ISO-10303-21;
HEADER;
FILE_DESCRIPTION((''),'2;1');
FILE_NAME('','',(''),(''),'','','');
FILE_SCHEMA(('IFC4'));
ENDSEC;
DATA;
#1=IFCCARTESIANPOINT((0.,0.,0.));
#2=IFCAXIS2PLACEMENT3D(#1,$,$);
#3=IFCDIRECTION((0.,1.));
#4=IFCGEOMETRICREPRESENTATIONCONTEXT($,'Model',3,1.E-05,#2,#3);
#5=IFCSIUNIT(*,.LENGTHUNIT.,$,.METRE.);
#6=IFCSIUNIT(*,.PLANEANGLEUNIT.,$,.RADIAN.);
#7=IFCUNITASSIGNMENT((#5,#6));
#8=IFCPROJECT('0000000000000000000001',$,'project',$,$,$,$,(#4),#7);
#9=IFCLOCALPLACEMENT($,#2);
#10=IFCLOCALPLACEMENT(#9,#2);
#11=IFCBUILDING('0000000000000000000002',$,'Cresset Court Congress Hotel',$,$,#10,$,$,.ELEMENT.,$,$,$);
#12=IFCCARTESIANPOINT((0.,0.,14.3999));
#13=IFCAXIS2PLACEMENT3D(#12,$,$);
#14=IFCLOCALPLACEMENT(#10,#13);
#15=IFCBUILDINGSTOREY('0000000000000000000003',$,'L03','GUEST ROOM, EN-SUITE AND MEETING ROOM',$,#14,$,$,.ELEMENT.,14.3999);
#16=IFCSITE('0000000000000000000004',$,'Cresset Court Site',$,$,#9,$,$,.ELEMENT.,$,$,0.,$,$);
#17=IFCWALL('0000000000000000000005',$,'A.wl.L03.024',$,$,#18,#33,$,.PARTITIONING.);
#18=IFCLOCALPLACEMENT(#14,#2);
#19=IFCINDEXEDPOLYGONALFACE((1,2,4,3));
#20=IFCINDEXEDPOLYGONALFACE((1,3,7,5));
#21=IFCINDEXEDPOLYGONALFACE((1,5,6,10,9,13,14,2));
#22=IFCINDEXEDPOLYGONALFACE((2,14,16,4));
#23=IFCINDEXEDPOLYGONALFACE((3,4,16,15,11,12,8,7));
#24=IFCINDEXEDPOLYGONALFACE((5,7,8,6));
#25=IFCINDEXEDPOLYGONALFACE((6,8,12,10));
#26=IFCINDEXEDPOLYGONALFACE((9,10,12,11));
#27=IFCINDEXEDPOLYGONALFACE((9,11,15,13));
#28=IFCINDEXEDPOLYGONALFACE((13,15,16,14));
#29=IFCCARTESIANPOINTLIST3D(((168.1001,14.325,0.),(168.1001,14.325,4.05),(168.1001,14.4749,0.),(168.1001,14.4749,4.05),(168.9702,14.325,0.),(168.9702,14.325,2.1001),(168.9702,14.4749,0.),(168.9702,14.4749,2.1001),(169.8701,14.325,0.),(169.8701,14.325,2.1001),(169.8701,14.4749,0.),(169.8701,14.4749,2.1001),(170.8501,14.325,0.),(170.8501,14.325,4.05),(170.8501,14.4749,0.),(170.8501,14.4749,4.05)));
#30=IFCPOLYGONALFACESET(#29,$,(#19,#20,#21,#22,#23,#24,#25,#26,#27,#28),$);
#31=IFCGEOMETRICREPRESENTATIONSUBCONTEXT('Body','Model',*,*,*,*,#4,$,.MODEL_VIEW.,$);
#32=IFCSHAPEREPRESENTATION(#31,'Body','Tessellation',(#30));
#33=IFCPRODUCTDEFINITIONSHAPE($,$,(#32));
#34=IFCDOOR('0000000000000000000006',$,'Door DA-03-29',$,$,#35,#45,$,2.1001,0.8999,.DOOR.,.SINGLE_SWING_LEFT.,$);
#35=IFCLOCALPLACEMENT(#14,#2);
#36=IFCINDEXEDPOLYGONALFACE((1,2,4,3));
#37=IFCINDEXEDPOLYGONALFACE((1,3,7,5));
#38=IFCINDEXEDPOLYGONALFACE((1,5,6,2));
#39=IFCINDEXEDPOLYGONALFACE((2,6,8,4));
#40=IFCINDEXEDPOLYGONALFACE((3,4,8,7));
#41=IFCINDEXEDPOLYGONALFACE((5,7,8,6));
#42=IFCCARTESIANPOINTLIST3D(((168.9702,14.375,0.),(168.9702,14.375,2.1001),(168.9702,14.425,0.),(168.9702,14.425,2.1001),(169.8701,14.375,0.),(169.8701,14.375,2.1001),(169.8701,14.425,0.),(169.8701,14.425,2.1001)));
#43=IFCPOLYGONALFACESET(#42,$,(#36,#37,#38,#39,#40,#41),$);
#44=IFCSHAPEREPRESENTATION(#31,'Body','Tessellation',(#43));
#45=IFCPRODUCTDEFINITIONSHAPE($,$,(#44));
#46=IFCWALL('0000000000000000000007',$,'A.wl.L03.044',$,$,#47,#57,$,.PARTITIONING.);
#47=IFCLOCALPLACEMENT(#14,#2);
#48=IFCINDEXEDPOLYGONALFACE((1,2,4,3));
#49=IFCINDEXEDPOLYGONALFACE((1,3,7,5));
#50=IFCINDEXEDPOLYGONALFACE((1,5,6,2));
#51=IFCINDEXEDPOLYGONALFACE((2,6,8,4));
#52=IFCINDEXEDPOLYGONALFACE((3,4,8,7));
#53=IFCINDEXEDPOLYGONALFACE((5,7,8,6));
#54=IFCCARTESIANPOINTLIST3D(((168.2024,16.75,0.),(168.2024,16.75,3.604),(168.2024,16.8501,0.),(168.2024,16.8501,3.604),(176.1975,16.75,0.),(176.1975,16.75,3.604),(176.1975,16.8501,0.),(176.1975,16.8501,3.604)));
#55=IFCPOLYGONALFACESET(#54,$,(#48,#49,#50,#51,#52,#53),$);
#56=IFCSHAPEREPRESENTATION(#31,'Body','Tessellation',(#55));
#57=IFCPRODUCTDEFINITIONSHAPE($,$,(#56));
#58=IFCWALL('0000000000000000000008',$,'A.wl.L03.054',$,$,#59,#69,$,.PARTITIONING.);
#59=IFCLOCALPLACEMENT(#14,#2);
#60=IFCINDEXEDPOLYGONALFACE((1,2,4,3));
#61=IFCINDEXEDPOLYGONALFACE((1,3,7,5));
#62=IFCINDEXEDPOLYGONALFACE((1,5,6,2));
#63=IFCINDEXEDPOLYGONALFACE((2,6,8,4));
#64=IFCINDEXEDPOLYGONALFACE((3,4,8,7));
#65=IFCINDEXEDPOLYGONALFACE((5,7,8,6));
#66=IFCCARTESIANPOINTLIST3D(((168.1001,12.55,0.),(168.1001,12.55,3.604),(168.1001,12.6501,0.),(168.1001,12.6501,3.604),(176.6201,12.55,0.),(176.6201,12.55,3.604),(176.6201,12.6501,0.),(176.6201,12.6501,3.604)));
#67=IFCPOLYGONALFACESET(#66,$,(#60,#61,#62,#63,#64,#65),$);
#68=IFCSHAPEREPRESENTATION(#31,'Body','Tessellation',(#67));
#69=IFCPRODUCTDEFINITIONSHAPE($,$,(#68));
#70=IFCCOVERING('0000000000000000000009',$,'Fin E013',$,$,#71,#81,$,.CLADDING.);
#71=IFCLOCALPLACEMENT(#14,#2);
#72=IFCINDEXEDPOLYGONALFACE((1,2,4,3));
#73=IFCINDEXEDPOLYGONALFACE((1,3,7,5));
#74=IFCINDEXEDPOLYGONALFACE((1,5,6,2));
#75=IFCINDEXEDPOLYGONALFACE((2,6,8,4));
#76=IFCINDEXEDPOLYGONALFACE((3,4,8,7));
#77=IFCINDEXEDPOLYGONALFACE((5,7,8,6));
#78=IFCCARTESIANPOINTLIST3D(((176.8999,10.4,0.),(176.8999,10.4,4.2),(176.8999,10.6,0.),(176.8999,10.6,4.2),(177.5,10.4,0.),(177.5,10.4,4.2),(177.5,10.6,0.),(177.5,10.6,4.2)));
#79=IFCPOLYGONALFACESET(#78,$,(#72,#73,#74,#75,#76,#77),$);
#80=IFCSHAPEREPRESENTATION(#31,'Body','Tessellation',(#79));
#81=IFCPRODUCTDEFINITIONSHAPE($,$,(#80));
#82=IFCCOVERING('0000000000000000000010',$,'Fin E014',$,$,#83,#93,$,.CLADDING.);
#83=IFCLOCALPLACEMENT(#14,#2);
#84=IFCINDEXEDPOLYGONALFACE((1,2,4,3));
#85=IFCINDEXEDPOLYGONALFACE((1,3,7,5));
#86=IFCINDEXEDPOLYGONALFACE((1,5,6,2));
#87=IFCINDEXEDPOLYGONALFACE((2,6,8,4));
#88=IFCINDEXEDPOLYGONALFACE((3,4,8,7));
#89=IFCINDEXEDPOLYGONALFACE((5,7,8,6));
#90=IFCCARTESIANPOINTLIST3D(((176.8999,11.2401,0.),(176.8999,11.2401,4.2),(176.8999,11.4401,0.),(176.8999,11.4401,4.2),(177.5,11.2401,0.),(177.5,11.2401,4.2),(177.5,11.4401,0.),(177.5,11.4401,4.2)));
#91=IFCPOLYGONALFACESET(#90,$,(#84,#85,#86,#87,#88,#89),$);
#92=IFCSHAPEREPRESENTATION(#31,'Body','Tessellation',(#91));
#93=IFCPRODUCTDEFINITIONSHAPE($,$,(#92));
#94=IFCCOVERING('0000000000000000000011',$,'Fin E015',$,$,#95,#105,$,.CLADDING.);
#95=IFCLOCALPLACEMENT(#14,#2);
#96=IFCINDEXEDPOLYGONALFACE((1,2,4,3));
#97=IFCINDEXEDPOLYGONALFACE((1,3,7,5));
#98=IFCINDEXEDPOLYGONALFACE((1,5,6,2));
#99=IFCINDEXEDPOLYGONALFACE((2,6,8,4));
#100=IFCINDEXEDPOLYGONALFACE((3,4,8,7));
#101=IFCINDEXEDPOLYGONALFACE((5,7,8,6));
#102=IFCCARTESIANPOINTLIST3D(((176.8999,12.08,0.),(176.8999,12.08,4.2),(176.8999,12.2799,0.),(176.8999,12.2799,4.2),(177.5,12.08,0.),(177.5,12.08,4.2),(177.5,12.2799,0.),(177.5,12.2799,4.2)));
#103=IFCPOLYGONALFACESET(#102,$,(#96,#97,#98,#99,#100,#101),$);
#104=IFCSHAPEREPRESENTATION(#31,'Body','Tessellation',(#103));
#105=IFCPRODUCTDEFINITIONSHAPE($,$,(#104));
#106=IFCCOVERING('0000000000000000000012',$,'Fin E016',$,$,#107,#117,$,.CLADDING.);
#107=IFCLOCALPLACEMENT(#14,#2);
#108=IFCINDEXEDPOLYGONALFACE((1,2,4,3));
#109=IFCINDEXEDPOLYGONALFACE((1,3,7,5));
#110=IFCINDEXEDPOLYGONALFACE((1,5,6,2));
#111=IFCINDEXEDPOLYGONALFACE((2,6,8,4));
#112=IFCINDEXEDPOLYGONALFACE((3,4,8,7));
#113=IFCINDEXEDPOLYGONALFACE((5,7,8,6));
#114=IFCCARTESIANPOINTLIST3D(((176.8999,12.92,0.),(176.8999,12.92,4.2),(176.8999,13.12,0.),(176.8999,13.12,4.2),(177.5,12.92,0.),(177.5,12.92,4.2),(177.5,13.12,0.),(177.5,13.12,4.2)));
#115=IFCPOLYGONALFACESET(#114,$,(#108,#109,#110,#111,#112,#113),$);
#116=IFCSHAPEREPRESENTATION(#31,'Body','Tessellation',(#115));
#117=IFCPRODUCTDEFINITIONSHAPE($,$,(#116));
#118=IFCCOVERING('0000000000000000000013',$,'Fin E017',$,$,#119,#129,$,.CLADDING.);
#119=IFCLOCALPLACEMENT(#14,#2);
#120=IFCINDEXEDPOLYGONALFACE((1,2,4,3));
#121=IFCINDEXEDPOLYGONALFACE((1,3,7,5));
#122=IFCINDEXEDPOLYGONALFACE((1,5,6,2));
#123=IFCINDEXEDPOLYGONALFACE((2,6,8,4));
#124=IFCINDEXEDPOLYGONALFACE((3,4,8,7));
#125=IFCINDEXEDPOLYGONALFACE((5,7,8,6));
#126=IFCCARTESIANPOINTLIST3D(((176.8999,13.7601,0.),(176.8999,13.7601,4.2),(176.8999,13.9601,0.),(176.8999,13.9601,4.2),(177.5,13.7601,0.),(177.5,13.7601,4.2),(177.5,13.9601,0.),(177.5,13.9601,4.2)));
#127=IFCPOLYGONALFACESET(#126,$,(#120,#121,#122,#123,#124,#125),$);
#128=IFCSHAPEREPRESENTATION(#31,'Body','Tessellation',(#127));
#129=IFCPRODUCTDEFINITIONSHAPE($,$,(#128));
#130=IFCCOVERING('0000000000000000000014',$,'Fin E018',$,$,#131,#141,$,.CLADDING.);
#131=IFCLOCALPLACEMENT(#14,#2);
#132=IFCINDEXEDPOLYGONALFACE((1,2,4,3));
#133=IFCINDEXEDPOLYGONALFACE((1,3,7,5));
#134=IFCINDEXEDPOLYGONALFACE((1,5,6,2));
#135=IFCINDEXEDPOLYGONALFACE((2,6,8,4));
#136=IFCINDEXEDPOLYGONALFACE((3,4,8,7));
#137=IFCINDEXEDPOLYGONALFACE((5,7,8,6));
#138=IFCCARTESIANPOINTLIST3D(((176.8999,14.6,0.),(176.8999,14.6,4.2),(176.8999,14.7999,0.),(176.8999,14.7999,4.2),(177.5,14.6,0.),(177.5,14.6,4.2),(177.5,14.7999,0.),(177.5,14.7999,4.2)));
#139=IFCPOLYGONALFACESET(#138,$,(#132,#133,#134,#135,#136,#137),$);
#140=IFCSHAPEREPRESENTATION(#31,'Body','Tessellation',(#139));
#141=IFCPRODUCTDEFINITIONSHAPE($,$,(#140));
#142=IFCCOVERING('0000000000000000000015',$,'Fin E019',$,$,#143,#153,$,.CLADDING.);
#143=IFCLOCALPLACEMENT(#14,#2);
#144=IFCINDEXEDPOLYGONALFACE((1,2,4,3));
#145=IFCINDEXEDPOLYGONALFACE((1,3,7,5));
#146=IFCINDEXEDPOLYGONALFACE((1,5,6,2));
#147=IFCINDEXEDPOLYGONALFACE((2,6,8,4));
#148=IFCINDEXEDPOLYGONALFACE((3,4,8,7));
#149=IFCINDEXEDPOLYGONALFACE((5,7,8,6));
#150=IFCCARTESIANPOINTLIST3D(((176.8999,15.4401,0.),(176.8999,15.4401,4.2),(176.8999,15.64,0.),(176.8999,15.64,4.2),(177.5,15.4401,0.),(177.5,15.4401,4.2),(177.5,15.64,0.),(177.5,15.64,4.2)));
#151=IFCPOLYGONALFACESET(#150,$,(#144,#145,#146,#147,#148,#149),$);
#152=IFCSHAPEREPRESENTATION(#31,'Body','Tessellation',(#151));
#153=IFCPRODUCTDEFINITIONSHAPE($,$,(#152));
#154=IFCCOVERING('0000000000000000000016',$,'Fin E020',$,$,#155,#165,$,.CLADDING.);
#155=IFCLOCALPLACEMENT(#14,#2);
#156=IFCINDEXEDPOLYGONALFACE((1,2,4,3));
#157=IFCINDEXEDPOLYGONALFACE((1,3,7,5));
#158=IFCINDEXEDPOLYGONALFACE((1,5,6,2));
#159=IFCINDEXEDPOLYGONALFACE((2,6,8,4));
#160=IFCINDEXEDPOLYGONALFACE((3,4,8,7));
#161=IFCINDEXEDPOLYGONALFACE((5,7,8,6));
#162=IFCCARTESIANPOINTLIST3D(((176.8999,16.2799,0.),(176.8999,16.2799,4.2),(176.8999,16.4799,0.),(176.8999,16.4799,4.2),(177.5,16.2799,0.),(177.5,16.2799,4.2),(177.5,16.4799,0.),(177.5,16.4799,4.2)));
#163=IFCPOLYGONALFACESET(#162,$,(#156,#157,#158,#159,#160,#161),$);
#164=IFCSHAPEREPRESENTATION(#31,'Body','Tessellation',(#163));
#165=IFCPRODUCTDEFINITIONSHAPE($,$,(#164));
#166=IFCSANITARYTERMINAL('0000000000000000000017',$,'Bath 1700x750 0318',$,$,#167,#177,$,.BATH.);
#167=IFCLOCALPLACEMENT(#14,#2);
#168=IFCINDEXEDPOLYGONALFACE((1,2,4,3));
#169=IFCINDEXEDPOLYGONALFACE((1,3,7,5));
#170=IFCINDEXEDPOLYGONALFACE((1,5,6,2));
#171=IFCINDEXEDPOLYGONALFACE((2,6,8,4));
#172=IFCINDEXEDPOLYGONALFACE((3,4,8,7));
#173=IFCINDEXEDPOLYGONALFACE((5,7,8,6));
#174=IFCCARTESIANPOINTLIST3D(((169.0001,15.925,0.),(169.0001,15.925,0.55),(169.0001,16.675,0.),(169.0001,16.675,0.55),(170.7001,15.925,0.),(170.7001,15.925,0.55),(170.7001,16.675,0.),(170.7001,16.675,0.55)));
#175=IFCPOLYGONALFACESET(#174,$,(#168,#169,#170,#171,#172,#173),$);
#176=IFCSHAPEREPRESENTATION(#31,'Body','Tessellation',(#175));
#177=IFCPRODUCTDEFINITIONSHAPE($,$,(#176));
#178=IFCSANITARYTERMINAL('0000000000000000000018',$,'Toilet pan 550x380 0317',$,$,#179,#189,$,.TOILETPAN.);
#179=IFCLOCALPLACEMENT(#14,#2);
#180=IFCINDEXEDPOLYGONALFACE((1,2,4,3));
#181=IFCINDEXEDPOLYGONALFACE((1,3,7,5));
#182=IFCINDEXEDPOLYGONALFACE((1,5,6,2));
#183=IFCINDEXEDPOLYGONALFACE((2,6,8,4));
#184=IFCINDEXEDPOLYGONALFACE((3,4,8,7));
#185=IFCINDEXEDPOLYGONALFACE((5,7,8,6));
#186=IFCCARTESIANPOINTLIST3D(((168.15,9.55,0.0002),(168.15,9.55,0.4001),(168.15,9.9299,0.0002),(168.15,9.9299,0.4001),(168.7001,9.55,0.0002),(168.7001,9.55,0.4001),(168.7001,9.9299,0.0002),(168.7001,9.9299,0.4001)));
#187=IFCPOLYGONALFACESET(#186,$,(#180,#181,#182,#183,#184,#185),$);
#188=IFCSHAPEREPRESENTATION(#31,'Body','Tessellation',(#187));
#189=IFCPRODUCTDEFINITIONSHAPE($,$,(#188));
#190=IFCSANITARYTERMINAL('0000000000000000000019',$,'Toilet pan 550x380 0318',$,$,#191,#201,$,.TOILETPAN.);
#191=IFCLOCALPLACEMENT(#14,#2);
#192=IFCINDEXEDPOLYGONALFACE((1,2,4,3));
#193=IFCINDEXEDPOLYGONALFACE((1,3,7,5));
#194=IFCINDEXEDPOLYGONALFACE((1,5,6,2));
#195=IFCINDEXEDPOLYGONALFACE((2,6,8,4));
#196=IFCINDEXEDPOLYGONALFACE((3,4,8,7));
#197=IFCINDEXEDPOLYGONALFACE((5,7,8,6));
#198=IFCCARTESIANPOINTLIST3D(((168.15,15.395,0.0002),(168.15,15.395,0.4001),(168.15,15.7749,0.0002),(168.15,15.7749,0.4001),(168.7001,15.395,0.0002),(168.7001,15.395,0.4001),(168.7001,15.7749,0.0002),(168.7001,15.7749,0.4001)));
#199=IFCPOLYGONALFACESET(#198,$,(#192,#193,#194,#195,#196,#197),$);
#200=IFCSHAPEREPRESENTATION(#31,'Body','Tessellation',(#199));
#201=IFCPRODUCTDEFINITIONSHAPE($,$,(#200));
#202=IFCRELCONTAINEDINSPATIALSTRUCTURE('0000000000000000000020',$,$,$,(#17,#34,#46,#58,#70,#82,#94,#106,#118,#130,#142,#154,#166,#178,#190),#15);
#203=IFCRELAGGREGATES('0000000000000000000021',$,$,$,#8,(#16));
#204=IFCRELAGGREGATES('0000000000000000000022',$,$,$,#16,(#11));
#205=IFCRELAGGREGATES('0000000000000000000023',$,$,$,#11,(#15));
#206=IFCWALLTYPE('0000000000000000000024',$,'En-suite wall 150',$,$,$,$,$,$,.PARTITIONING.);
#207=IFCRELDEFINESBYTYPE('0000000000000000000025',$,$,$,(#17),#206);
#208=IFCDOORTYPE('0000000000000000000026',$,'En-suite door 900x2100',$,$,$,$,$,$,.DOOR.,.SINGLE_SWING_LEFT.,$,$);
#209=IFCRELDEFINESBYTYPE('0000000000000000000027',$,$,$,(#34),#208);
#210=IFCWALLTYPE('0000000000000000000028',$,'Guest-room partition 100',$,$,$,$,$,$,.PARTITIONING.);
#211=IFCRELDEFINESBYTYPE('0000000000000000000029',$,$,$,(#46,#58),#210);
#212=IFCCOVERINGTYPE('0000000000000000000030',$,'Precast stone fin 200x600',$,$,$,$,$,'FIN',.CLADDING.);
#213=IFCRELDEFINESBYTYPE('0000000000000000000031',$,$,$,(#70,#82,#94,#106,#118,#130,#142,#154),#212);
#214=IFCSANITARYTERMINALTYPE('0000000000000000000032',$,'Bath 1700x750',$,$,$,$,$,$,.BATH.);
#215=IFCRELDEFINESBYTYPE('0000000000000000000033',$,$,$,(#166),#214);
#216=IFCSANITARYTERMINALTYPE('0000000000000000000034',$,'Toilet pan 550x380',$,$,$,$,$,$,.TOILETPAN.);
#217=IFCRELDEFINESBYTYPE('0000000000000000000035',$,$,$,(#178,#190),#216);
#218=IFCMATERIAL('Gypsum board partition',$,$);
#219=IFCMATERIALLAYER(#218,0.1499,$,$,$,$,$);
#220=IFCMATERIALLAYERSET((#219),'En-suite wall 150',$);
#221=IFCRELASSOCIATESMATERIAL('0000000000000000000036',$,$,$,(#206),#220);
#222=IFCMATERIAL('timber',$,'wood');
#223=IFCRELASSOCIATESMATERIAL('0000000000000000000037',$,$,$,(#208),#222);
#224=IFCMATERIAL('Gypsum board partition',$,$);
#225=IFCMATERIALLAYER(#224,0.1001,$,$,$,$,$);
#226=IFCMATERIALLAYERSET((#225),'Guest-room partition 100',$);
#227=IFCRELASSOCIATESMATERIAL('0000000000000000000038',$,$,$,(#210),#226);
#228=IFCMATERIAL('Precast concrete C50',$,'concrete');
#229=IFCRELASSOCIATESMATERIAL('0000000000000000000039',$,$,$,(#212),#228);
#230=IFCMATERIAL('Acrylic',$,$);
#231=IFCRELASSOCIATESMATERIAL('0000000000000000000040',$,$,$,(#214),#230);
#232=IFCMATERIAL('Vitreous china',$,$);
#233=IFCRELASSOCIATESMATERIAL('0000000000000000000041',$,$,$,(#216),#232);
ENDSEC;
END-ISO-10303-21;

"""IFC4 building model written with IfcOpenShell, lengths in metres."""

from ifc_helpers import new_model, si_unit, direction, frame, frame_2d, origin, origin_2d, place, context, subcontext, project, spatial, rectangle, extrude, material, layer, layer_set, type_object, element, fill, save


model = new_model("IFC4")

# Units and contexts
model_context = context("Model", 3, precision=1e-05, world=origin(), true_north=direction((0.0, 1.0)))
body_context = subcontext(model_context, "Body", "Model", "MODEL_VIEW")
ifc_project = project(units=[si_unit("LENGTHUNIT", "METRE"), si_unit("PLANEANGLEUNIT", "RADIAN")], contexts=[model_context])

# Site, building, storey
site_placement = place(None, origin())
site = spatial("IfcSite", under=ifc_project, at=site_placement, Name="Cresset Court Site", CompositionType="ELEMENT", RefElevation=0.0)
building_placement = place(site_placement, origin())
building = spatial("IfcBuilding", under=site, at=building_placement, Name="Cresset Court Congress Hotel", CompositionType="ELEMENT")
storey_placement = place(building_placement, frame((0.0, 0.0, 14.3999)))
storey = spatial("IfcBuildingStorey", under=building, at=storey_placement, Name="L03", Description="GUEST ROOM, EN-SUITE AND MEETING ROOM", CompositionType="ELEMENT", Elevation=14.3999)

# Shared definitions
ifc_material_1 = material(Name="Gypsum board partition")
ifc_layer_1 = layer(ifc_material_1, 0.1499)
ifc_layer_set_1 = layer_set([ifc_layer_1], Name="En-suite wall 150")
wall_type_1 = type_object("IfcWallType", Name="En-suite wall 150", PredefinedType="PARTITIONING", material=ifc_layer_set_1)
ifc_material_2 = material(Name="timber", Category="wood")
door_type = type_object("IfcDoorType", Name="En-suite door 900x2100", OperationType="SINGLE_SWING_LEFT", PredefinedType="DOOR", material=ifc_material_2)

# Wall, opening, door
wall_1_placement = place(storey_placement, frame((170.8501, 14.3999, 0.0), z_axis=(0.0, 0.0, 1.0), x_axis=(-1.0, 0.0, 0.0)))
wall_1 = element("IfcWall", 1, at=wall_1_placement, inside=storey, type_object=wall_type_1, Name="A.wl.L03.024", PredefinedType="PARTITIONING", context=body_context, shape_type="SweptSolid", body=[
    extrude(rectangle(XDim=2.75, YDim=0.1499, at=frame_2d((1.375, 0.0))), origin(), (0.0, 0.0, 1.0), 4.05),
])
opening_1_placement = place(wall_1_placement, frame((0.98, 0.0, 0.0)))
opening_1 = element("IfcOpeningElement", 2, at=opening_1_placement, cuts=wall_1, PredefinedType="OPENING", context=body_context, shape_type="SweptSolid", body=[
    extrude(rectangle(XDim=0.8999, YDim=2.1001, at=frame_2d((0.45, 1.05))), frame((0.0, 0.085, 0.0), z_axis=(0.0, -1.0, 0.0), x_axis=(1.0, 0.0, 0.0)), (0.0, 0.0, 1.0), 0.1699),
])
door_1_placement = place(opening_1_placement, origin())
door_1 = element("IfcDoor", 3, at=door_1_placement, inside=storey, type_object=door_type, Name="Door DA-03-29", OperationType="SINGLE_SWING_LEFT", OverallHeight=2.1001, OverallWidth=0.8999, PredefinedType="DOOR", context=body_context, shape_type="SweptSolid", body=[
    extrude(rectangle(XDim=0.8999, YDim=2.1001, at=frame_2d((0.45, 1.05))), frame((0.0, 0.0249, 0.0), z_axis=(0.0, -1.0, 0.0), x_axis=(1.0, 0.0, 0.0)), (0.0, 0.0, 1.0), 0.05),
])
fill(opening_1, door_1)

# Walls
ifc_material_3 = material(Name="Gypsum board partition")
ifc_layer_2 = layer(ifc_material_3, 0.1001)
ifc_layer_set_2 = layer_set([ifc_layer_2], Name="Guest-room partition 100")
wall_type_2 = type_object("IfcWallType", Name="Guest-room partition 100", PredefinedType="PARTITIONING", material=ifc_layer_set_2)
wall_2_placement = place(storey_placement, frame((168.2024, 16.8, 0.0), z_axis=(0.0, 0.0, 1.0), x_axis=(1.0, 0.0, 0.0)))
element("IfcWall", 4, at=wall_2_placement, inside=storey, type_object=wall_type_2, Name="A.wl.L03.044", PredefinedType="PARTITIONING", context=body_context, shape_type="SweptSolid", body=[
    extrude(rectangle(XDim=7.9951, YDim=0.1001, at=frame_2d((3.9976, 0.0))), origin(), (0.0, 0.0, 1.0), 3.604),
])
wall_3_placement = place(storey_placement, frame((168.1001, 12.6001, 0.0), z_axis=(0.0, 0.0, 1.0), x_axis=(1.0, 0.0, 0.0)))
element("IfcWall", 5, at=wall_3_placement, inside=storey, type_object=wall_type_2, Name="A.wl.L03.054", PredefinedType="PARTITIONING", context=body_context, shape_type="SweptSolid", body=[
    extrude(rectangle(XDim=8.52, YDim=0.1001, at=frame_2d((4.26, 0.0))), origin(), (0.0, 0.0, 1.0), 3.604),
])

# Coverings
ifc_material_4 = material(Name="Precast concrete C50", Category="concrete")
covering_type = type_object("IfcCoveringType", Name="Precast stone fin 200x600", ElementType="FIN", PredefinedType="CLADDING", material=ifc_material_4)
for number, where, z_axis, x_axis, name in (
    (6, (177.2, 10.5, 0.0), (0.0, 0.0, 1.0), (1.0, 0.0, 0.0), "Fin E013"),
    (7, (177.2, 11.3401, 0.0), (0.0, 0.0, 1.0), (1.0, 0.0, 0.0), "Fin E014"),
    (8, (177.2, 12.1799, 0.0), (0.0, 0.0, 1.0), (1.0, 0.0, 0.0), "Fin E015"),
    (9, (177.2, 13.02, 0.0), (0.0, 0.0, 1.0), (1.0, 0.0, 0.0), "Fin E016"),
    (10, (177.2, 13.8601, 0.0), (0.0, 0.0, 1.0), (1.0, 0.0, 0.0), "Fin E017"),
    (11, (177.2, 14.7, 0.0), (0.0, 0.0, 1.0), (1.0, 0.0, 0.0), "Fin E018"),
    (12, (177.2, 15.54, 0.0), (0.0, 0.0, 1.0), (1.0, 0.0, 0.0), "Fin E019"),
    (13, (177.2, 16.3799, 0.0), (0.0, 0.0, 1.0), (1.0, 0.0, 0.0), "Fin E020"),
):
    element("IfcCovering", number, at=place(storey_placement, frame(where, z_axis=z_axis, x_axis=x_axis)), inside=storey, type_object=covering_type, Name=name, PredefinedType="CLADDING", context=body_context, shape_type="SweptSolid", body=[
        extrude(rectangle(XDim=0.6001, YDim=0.2, at=origin_2d()), origin(), (0.0, 0.0, 1.0), 4.2),
    ])

# Sanitary terminals
ifc_material_5 = material(Name="Acrylic")
sanitary_terminal_type_1 = type_object("IfcSanitaryTerminalType", Name="Bath 1700x750", PredefinedType="BATH", material=ifc_material_5)
sanitary_terminal_placement = place(storey_placement, frame((169.8501, 16.3, 0.0), z_axis=(0.0, 0.0, 1.0), x_axis=(1.0, 0.0, 0.0)))
element("IfcSanitaryTerminal", 14, at=sanitary_terminal_placement, inside=storey, type_object=sanitary_terminal_type_1, Name="Bath 1700x750 0318", PredefinedType="BATH", context=body_context, shape_type="SweptSolid", body=[
    extrude(rectangle(XDim=1.7, YDim=0.75, at=origin_2d()), origin(), (0.0, 0.0, 1.0), 0.55),
])
ifc_material_6 = material(Name="Vitreous china")
sanitary_terminal_type_2 = type_object("IfcSanitaryTerminalType", Name="Toilet pan 550x380", PredefinedType="TOILETPAN", material=ifc_material_6)
for number, where, z_axis, x_axis, name in (
    (15, (168.425, 9.74, 0.0002), (0.0, 0.0, 1.0), (1.0, 0.0, 0.0), "Toilet pan 550x380 0317"),
    (16, (168.425, 15.585, 0.0002), (0.0, 0.0, 1.0), (1.0, 0.0, 0.0), "Toilet pan 550x380 0318"),
):
    element("IfcSanitaryTerminal", number, at=place(storey_placement, frame(where, z_axis=z_axis, x_axis=x_axis)), inside=storey, type_object=sanitary_terminal_type_2, Name=name, PredefinedType="TOILETPAN", context=body_context, shape_type="SweptSolid", body=[
        extrude(rectangle(XDim=0.55, YDim=0.3799, at=origin_2d()), origin(), (0.0, 0.0, 1.0), 0.3999),
    ])

save(model, "model.ifc")
